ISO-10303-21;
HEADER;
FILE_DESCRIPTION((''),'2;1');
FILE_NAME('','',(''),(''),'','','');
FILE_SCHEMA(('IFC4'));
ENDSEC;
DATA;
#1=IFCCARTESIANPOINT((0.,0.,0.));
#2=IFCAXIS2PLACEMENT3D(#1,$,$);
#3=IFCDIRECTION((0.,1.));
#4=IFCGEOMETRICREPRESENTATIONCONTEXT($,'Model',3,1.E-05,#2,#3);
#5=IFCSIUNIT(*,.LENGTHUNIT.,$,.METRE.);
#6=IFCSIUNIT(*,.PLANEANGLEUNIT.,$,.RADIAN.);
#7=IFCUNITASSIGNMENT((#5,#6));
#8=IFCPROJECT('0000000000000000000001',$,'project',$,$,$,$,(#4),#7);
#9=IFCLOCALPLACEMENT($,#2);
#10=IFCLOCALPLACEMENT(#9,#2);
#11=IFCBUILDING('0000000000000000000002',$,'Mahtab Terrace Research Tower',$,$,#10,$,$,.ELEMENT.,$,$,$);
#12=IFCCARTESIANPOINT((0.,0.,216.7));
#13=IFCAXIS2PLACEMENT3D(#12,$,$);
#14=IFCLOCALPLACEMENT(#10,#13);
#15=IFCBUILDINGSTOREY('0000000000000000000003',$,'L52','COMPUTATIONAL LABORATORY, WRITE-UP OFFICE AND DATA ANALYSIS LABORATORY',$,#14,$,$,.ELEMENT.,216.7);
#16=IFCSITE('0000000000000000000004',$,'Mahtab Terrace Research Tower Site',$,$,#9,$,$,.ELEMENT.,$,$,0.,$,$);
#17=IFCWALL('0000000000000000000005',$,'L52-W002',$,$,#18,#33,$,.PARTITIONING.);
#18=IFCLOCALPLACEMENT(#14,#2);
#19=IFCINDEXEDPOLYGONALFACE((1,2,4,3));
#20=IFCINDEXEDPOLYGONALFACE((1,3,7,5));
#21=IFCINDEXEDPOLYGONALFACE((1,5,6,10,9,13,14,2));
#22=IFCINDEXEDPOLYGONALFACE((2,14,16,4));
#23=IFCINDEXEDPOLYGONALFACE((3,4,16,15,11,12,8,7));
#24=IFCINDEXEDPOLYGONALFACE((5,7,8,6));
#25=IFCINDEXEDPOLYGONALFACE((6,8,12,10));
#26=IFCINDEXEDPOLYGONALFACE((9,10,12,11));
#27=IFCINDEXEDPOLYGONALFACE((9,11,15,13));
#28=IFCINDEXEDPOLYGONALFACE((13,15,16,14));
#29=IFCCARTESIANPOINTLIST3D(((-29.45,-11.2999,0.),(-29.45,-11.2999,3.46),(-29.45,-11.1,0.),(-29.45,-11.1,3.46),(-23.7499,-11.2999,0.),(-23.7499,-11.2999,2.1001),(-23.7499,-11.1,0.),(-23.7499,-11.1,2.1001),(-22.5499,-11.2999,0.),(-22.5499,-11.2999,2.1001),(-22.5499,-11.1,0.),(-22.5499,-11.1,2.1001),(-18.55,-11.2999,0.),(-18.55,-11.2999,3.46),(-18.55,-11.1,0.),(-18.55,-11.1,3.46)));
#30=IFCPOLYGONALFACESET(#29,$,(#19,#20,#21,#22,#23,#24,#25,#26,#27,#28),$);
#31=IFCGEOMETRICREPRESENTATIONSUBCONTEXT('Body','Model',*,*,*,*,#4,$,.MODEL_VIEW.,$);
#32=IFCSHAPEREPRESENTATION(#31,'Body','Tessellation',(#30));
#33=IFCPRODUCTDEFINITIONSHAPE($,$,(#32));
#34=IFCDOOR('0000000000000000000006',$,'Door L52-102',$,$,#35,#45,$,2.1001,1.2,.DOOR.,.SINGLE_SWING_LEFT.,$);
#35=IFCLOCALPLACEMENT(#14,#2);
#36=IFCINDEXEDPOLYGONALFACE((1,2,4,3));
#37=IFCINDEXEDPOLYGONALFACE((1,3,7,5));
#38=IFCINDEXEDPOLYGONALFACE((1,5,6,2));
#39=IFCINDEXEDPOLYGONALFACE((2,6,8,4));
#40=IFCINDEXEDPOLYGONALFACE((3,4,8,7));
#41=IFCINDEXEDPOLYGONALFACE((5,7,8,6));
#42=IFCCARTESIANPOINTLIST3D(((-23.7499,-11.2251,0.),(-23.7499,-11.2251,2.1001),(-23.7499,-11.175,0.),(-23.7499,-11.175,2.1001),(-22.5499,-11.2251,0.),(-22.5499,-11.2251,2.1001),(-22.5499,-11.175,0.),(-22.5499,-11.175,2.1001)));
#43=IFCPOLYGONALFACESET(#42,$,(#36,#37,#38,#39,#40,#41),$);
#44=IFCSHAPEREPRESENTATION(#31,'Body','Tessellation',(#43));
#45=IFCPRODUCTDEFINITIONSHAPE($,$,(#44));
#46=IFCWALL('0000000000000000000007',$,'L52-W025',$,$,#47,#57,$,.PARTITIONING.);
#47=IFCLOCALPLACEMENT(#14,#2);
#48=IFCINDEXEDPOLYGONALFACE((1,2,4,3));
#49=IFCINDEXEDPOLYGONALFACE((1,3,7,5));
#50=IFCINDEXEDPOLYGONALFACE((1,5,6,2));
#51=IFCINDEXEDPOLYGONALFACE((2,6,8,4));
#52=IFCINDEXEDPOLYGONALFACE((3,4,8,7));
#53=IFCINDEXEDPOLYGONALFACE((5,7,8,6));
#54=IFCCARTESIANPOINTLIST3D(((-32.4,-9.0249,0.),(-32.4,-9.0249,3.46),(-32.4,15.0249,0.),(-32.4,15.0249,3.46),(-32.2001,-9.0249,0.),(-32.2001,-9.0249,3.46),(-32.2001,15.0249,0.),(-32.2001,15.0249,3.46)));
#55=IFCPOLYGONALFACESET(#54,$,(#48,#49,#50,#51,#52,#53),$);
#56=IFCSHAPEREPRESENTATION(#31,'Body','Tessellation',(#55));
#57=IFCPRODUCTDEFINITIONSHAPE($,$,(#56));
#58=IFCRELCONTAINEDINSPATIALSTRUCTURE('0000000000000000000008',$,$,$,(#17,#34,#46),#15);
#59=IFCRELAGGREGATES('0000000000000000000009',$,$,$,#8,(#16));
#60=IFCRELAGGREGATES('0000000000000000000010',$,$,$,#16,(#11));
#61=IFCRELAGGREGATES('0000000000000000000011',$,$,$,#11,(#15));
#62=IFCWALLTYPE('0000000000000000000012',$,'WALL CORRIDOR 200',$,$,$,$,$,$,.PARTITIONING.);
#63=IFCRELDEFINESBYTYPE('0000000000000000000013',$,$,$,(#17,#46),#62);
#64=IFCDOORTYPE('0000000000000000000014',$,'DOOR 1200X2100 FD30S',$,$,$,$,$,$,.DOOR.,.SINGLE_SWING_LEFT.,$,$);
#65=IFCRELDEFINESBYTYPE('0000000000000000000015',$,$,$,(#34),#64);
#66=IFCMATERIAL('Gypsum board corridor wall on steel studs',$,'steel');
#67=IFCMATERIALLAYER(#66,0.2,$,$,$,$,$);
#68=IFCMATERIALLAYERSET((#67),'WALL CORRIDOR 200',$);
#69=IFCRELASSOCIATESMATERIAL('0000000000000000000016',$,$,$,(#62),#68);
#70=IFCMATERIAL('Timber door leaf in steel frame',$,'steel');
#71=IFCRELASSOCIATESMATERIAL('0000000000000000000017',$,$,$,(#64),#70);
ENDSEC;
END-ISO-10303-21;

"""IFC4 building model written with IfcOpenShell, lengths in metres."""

from ifc_helpers import new_model, si_unit, direction, frame, frame_2d, origin, place, context, subcontext, project, spatial, rectangle, extrude, material, layer, layer_set, type_object, element, fill, save


model = new_model("IFC4")

# Units and contexts
model_context = context("Model", 3, precision=1e-05, world=origin(), true_north=direction((0.0, 1.0)))
body_context = subcontext(model_context, "Body", "Model", "MODEL_VIEW")
ifc_project = project(units=[si_unit("LENGTHUNIT", "METRE"), si_unit("PLANEANGLEUNIT", "RADIAN")], contexts=[model_context])

# Site, building, storey
site_placement = place(None, origin())
site = spatial("IfcSite", under=ifc_project, at=site_placement, Name="Mahtab Terrace Research Tower Site", CompositionType="ELEMENT", RefElevation=0.0)
building_placement = place(site_placement, origin())
building = spatial("IfcBuilding", under=site, at=building_placement, Name="Mahtab Terrace Research Tower", CompositionType="ELEMENT")
storey_placement = place(building_placement, frame((0.0, 0.0, 216.7)))
storey = spatial("IfcBuildingStorey", under=building, at=storey_placement, Name="L52", Description="COMPUTATIONAL LABORATORY, WRITE-UP OFFICE AND DATA ANALYSIS LABORATORY", CompositionType="ELEMENT", Elevation=216.7)

# Wall, opening, door
ifc_material_1 = material(Name="Gypsum board corridor wall on steel studs", Category="steel")
ifc_layer_1 = layer(ifc_material_1, 0.2)
ifc_layer_set_1 = layer_set([ifc_layer_1], Name="WALL CORRIDOR 200")
wall_type_1 = type_object("IfcWallType", Name="WALL CORRIDOR 200", PredefinedType="PARTITIONING", material=ifc_layer_set_1)
wall_1_placement = place(storey_placement, frame((-29.45, -11.2, 0.0), z_axis=(0.0, 0.0, 1.0), x_axis=(1.0, 0.0, 0.0)))
wall_1 = element("IfcWall", 1, at=wall_1_placement, inside=storey, type_object=wall_type_1, Name="L52-W002", PredefinedType="PARTITIONING", context=body_context, shape_type="SweptSolid", body=[
    extrude(rectangle(XDim=10.8999, YDim=0.2, at=frame_2d((5.45, 0.0))), origin(), (0.0, 0.0, 1.0), 3.46),
])
opening_1_placement = place(wall_1_placement, frame((5.7, 0.0, 0.0)))
opening_1 = element("IfcOpeningElement", 2, at=opening_1_placement, cuts=wall_1, PredefinedType="OPENING", context=body_context, shape_type="SweptSolid", body=[
    extrude(rectangle(XDim=1.2, YDim=2.1001, at=frame_2d((0.6001, 1.05))), frame((0.0, 0.1099, 0.0), z_axis=(0.0, -1.0, 0.0), x_axis=(1.0, 0.0, 0.0)), (0.0, 0.0, 1.0), 0.22),
])
ifc_material_2 = material(Name="Timber door leaf in steel frame", Category="steel")
door_type_1 = type_object("IfcDoorType", Name="DOOR 1200X2100 FD30S", OperationType="SINGLE_SWING_LEFT", PredefinedType="DOOR", material=ifc_material_2)
door_1_placement = place(opening_1_placement, origin())
door_1 = element("IfcDoor", 3, at=door_1_placement, inside=storey, type_object=door_type_1, Name="Door L52-102", OperationType="SINGLE_SWING_LEFT", OverallHeight=2.1001, OverallWidth=1.2, PredefinedType="DOOR", context=body_context, shape_type="SweptSolid", body=[
    extrude(rectangle(XDim=1.2, YDim=2.1001, at=frame_2d((0.6001, 1.05))), frame((0.0, 0.0249, 0.0), z_axis=(0.0, -1.0, 0.0), x_axis=(1.0, 0.0, 0.0)), (0.0, 0.0, 1.0), 0.05),
])
fill(opening_1, door_1)

# Wall
wall_2_placement = place(storey_placement, frame((-32.3, -9.0249, 0.0), z_axis=(0.0, 0.0, 1.0), x_axis=(0.0, 1.0, 0.0)))
element("IfcWall", 4, at=wall_2_placement, inside=storey, type_object=wall_type_1, Name="L52-W025", PredefinedType="PARTITIONING", context=body_context, shape_type="SweptSolid", body=[
    extrude(rectangle(XDim=24.0498, YDim=0.2, at=frame_2d((12.0249, 0.0))), origin(), (0.0, 0.0, 1.0), 3.46),
])

save(model, "model.ifc")
